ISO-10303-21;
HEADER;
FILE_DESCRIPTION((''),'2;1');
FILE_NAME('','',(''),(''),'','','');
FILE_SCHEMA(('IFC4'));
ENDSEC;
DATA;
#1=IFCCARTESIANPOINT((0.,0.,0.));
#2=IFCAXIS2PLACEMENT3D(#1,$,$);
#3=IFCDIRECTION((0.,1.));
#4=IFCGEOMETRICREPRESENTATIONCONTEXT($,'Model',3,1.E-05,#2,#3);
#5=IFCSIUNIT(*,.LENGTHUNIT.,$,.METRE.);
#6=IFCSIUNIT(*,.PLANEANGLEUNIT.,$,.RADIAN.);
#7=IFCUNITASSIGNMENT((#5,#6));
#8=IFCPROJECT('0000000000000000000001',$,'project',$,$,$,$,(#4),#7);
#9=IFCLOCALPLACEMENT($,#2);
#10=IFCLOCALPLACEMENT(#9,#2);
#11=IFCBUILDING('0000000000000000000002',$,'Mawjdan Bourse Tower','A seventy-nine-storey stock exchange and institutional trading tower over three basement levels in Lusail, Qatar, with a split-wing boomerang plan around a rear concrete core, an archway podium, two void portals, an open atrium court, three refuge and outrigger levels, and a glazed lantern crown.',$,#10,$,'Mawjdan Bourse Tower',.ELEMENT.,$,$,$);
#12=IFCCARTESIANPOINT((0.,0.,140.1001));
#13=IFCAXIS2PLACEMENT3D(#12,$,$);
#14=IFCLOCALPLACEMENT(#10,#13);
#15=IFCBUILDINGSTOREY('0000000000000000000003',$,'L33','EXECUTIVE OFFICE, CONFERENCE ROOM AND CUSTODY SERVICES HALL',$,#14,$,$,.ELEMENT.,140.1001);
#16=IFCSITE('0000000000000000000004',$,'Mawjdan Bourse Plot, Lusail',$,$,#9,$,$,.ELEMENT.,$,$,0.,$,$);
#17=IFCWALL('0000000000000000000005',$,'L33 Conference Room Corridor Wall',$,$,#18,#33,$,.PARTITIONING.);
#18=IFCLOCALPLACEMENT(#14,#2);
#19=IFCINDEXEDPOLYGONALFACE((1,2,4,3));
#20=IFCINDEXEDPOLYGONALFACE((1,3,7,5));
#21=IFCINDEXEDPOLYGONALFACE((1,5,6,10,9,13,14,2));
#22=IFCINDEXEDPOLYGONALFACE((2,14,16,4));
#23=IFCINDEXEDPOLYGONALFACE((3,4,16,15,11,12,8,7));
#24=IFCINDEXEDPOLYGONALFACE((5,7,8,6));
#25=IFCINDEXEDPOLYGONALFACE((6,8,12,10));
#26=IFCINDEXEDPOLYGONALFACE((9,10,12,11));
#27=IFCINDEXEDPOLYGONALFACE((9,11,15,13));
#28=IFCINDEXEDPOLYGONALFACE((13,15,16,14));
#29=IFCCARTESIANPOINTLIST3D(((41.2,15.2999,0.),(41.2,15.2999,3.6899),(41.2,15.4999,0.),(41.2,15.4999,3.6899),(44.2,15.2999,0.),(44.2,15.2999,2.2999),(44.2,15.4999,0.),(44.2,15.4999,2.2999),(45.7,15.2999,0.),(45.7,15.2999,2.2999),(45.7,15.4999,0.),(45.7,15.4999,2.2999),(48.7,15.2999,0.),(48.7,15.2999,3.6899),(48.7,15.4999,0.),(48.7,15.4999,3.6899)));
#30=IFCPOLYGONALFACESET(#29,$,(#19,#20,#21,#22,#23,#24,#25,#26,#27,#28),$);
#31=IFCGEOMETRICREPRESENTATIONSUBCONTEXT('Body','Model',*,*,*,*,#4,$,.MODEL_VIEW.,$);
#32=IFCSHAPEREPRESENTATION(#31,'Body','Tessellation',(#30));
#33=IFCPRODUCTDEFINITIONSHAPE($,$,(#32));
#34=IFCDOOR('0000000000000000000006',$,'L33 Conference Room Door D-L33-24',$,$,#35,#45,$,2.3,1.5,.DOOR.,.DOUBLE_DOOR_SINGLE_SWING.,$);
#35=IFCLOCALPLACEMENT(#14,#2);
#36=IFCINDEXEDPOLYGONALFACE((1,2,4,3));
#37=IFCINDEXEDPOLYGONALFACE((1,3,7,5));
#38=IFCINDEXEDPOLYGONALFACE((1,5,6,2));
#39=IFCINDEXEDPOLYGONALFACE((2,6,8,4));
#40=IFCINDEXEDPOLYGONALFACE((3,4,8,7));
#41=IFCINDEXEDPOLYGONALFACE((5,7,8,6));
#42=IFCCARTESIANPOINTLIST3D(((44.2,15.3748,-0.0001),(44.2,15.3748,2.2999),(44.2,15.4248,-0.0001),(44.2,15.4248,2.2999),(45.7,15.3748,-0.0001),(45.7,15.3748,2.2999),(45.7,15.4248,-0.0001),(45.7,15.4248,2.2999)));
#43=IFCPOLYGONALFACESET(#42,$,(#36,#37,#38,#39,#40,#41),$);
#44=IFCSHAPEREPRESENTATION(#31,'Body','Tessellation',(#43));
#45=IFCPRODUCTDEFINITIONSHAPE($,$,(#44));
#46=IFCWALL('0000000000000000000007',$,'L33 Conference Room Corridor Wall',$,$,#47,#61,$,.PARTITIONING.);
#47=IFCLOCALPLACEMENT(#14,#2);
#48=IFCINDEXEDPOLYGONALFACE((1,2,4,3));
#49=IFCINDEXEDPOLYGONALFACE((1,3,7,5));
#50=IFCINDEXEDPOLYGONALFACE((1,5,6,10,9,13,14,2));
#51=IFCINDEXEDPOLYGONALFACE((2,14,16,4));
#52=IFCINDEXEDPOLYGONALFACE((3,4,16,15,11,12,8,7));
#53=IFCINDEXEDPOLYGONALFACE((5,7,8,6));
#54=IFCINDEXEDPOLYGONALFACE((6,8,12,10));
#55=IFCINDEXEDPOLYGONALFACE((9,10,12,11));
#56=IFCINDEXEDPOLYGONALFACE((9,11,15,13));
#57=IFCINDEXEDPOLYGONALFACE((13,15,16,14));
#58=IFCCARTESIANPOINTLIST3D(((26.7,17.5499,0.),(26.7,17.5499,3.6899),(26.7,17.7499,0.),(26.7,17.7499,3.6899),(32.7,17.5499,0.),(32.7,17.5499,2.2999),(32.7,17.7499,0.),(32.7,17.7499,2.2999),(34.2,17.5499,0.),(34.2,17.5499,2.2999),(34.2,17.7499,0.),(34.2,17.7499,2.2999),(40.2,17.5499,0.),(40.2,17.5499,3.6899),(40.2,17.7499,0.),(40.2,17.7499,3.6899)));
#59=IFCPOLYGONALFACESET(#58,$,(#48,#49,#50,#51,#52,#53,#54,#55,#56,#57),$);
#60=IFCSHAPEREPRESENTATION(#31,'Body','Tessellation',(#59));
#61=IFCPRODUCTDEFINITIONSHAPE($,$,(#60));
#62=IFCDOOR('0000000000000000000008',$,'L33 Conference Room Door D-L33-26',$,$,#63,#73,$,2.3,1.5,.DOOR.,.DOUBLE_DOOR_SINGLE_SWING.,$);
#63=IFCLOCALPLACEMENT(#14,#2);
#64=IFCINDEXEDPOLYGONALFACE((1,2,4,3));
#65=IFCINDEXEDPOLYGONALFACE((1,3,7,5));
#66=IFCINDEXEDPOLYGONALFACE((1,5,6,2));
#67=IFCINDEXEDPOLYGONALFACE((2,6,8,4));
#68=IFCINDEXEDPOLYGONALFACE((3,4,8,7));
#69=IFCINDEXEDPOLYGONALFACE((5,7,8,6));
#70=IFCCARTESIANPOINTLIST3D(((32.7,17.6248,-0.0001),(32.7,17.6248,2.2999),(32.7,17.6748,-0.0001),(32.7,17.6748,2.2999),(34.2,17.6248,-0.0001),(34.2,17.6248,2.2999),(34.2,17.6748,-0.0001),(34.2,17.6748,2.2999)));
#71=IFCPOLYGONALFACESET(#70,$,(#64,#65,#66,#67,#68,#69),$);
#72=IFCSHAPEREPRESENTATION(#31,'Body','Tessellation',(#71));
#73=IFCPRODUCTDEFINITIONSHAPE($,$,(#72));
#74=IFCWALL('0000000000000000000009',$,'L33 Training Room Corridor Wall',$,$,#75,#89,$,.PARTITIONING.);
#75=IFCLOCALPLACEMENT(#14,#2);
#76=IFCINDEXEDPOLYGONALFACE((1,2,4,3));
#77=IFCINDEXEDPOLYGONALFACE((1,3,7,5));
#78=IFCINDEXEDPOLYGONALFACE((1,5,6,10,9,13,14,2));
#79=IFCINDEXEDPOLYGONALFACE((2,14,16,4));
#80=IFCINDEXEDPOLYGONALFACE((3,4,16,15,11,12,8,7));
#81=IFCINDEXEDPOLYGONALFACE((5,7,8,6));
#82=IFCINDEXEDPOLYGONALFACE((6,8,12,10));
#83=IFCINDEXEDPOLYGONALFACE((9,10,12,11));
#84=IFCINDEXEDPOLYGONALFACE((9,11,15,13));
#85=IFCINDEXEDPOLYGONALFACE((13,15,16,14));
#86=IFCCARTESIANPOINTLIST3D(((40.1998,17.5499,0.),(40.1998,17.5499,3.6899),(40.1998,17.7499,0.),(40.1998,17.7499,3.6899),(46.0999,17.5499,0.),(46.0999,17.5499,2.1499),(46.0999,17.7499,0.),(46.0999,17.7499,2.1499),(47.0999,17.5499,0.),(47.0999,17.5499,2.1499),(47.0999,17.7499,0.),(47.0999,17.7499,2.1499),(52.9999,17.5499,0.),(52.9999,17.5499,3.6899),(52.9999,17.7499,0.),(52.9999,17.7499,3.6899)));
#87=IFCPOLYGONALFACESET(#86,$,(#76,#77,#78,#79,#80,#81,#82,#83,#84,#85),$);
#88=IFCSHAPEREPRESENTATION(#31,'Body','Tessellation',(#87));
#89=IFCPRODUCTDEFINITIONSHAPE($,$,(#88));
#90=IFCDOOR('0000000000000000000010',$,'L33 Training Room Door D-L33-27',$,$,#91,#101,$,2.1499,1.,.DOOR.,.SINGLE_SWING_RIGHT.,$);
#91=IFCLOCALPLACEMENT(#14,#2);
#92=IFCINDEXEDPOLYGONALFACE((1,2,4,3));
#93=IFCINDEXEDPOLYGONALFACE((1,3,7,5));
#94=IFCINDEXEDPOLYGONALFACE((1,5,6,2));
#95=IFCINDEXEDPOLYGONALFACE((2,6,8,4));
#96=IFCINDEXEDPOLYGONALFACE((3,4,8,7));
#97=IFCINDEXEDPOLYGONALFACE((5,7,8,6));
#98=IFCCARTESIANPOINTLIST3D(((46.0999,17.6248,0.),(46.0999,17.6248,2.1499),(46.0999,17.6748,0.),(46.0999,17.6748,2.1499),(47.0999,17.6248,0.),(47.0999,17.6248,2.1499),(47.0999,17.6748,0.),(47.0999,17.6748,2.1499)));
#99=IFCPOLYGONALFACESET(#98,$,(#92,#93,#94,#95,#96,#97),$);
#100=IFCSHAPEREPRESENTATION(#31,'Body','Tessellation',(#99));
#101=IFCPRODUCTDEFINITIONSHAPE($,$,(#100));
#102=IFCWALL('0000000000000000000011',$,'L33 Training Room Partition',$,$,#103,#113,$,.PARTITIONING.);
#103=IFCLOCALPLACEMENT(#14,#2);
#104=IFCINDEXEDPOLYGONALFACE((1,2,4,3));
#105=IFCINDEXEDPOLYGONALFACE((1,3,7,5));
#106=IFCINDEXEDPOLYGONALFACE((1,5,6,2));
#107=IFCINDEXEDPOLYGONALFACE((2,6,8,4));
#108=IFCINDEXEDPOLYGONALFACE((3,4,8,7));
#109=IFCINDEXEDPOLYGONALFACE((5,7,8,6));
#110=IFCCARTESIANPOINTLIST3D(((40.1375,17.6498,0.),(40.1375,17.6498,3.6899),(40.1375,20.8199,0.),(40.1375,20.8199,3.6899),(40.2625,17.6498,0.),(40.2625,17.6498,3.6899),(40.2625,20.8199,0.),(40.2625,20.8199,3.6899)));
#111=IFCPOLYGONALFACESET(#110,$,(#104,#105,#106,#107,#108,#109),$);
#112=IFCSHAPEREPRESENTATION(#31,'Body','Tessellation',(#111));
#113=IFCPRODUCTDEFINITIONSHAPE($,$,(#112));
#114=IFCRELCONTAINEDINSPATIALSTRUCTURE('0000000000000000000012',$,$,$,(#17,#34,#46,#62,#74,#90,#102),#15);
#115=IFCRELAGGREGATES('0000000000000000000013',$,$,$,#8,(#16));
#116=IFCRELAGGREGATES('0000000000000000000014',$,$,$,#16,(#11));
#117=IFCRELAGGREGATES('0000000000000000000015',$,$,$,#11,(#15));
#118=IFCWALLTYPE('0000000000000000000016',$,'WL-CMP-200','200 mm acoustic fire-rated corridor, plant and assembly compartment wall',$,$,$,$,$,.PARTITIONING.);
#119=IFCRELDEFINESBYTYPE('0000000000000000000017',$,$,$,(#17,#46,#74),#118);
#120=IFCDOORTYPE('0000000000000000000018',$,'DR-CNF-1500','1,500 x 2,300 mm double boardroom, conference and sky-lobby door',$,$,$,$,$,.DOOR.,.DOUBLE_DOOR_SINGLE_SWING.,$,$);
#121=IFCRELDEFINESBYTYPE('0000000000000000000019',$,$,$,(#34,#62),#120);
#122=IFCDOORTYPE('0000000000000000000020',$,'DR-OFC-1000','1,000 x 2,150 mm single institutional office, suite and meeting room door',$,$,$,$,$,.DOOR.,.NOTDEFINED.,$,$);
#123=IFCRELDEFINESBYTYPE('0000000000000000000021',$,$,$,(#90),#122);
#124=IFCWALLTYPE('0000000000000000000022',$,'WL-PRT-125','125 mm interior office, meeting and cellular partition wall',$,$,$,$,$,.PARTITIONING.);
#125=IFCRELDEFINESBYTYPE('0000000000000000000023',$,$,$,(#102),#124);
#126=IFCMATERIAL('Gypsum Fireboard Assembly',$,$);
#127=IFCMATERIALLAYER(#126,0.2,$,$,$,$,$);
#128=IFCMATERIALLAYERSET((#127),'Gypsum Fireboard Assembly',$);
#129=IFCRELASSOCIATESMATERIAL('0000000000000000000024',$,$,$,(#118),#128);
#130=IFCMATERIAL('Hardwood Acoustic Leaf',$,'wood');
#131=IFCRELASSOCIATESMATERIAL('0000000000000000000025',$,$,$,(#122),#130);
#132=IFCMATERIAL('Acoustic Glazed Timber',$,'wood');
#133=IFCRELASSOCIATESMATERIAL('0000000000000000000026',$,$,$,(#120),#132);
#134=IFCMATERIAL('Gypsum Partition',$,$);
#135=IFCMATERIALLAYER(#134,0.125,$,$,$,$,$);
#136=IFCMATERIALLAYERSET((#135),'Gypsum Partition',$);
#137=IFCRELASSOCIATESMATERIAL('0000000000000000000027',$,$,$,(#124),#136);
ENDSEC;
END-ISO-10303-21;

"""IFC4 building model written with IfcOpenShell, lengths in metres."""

from ifc_helpers import new_model, si_unit, direction, frame, frame_2d, origin, place, context, subcontext, project, spatial, rectangle, extrude, material, layer, layer_set, type_object, element, fill, save


model = new_model("IFC4")

# Units and contexts
model_context = context("Model", 3, precision=1e-05, world=origin(), true_north=direction((0.0, 1.0)))
body_context = subcontext(model_context, "Body", "Model", "MODEL_VIEW")
ifc_project = project(units=[si_unit("LENGTHUNIT", "METRE"), si_unit("PLANEANGLEUNIT", "RADIAN")], contexts=[model_context])

# Site, building, storey
site_placement = place(None, origin())
site = spatial("IfcSite", under=ifc_project, at=site_placement, Name="Mawjdan Bourse Plot, Lusail", CompositionType="ELEMENT", RefElevation=0.0)
building_placement = place(site_placement, origin())
building = spatial("IfcBuilding", under=site, at=building_placement, Name="Mawjdan Bourse Tower", Description="A seventy-nine-storey stock exchange and institutional trading tower over three basement levels in Lusail, Qatar, with a split-wing boomerang plan around a rear concrete core, an archway podium, two void portals, an open atrium court, three refuge and outrigger levels, and a glazed lantern crown.", LongName="Mawjdan Bourse Tower", CompositionType="ELEMENT")
storey_placement = place(building_placement, frame((0.0, 0.0, 140.1001)))
storey = spatial("IfcBuildingStorey", under=building, at=storey_placement, Name="L33", Description="EXECUTIVE OFFICE, CONFERENCE ROOM AND CUSTODY SERVICES HALL", CompositionType="ELEMENT", Elevation=140.1001)

# Shared definitions
ifc_material_1 = material(Name="Gypsum Fireboard Assembly")
ifc_layer_1 = layer(ifc_material_1, 0.2)
ifc_layer_set_1 = layer_set([ifc_layer_1], Name="Gypsum Fireboard Assembly")
wall_type_1 = type_object("IfcWallType", Name="WL-CMP-200", Description="200 mm acoustic fire-rated corridor, plant and assembly compartment wall", PredefinedType="PARTITIONING", material=ifc_layer_set_1)

# Walls, openings, doors
ifc_material_2 = material(Name="Hardwood Acoustic Leaf", Category="wood")
door_type_1 = type_object("IfcDoorType", Name="DR-OFC-1000", Description="1,000 x 2,150 mm single institutional office, suite and meeting room door", OperationType="NOTDEFINED", PredefinedType="DOOR", material=ifc_material_2)
wall_1_placement = place(storey_placement, frame((41.2, 15.3999, 0.0), z_axis=(0.0, 0.0, 1.0), x_axis=(1.0, 0.0, 0.0)))
wall_1 = element("IfcWall", 1, at=wall_1_placement, inside=storey, type_object=wall_type_1, Name="L33 Conference Room Corridor Wall", PredefinedType="PARTITIONING", context=body_context, shape_type="SweptSolid", body=[
    extrude(rectangle(XDim=7.5, YDim=0.2, at=frame_2d((3.75, 0.0))), origin(), (0.0, 0.0, 1.0), 3.6899),
])
opening_1_placement = place(wall_1_placement, frame((3.0, 0.0, 0.0)))
opening_1 = element("IfcOpeningElement", 2, at=opening_1_placement, cuts=wall_1, PredefinedType="OPENING", context=body_context, shape_type="SweptSolid", body=[
    extrude(rectangle(XDim=1.5, YDim=2.3, at=frame_2d((0.75, 1.1499))), frame((0.0, 0.1099, 0.0), z_axis=(0.0, -1.0, 0.0), x_axis=(1.0, 0.0, 0.0)), (0.0, 0.0, 1.0), 0.22),
])
ifc_material_3 = material(Name="Acoustic Glazed Timber", Category="wood")
door_type_2 = type_object("IfcDoorType", Name="DR-CNF-1500", Description="1,500 x 2,300 mm double boardroom, conference and sky-lobby door", OperationType="DOUBLE_DOOR_SINGLE_SWING", PredefinedType="DOOR", material=ifc_material_3)
door_1_placement = place(opening_1_placement, origin())
door_1 = element("IfcDoor", 3, at=door_1_placement, inside=storey, type_object=door_type_2, Name="L33 Conference Room Door D-L33-24", OperationType="DOUBLE_DOOR_SINGLE_SWING", OverallHeight=2.3, OverallWidth=1.5, PredefinedType="DOOR", context=body_context, shape_type="SweptSolid", body=[
    extrude(rectangle(XDim=1.5, YDim=2.3, at=frame_2d((0.75, 1.1499))), frame((0.0, 0.0249, 0.0), z_axis=(0.0, -1.0, 0.0), x_axis=(1.0, 0.0, 0.0)), (0.0, 0.0, 1.0), 0.05),
])
fill(opening_1, door_1)
wall_2_placement = place(storey_placement, frame((26.7, 17.6499, 0.0), z_axis=(0.0, 0.0, 1.0), x_axis=(1.0, 0.0, 0.0)))
wall_2 = element("IfcWall", 4, at=wall_2_placement, inside=storey, type_object=wall_type_1, Name="L33 Conference Room Corridor Wall", PredefinedType="PARTITIONING", context=body_context, shape_type="SweptSolid", body=[
    extrude(rectangle(XDim=13.5, YDim=0.2, at=frame_2d((6.75, 0.0))), origin(), (0.0, 0.0, 1.0), 3.6899),
])
opening_2_placement = place(wall_2_placement, frame((6.0, 0.0, 0.0)))
opening_2 = element("IfcOpeningElement", 5, at=opening_2_placement, cuts=wall_2, PredefinedType="OPENING", context=body_context, shape_type="SweptSolid", body=[
    extrude(rectangle(XDim=1.5, YDim=2.3, at=frame_2d((0.75, 1.1499))), frame((0.0, 0.1099, 0.0), z_axis=(0.0, -1.0, 0.0), x_axis=(1.0, 0.0, 0.0)), (0.0, 0.0, 1.0), 0.22),
])
door_2_placement = place(opening_2_placement, origin())
door_2 = element("IfcDoor", 6, at=door_2_placement, inside=storey, type_object=door_type_2, Name="L33 Conference Room Door D-L33-26", OperationType="DOUBLE_DOOR_SINGLE_SWING", OverallHeight=2.3, OverallWidth=1.5, PredefinedType="DOOR", context=body_context, shape_type="SweptSolid", body=[
    extrude(rectangle(XDim=1.5, YDim=2.3, at=frame_2d((0.75, 1.1499))), frame((0.0, 0.0249, 0.0), z_axis=(0.0, -1.0, 0.0), x_axis=(1.0, 0.0, 0.0)), (0.0, 0.0, 1.0), 0.05),
])
fill(opening_2, door_2)
wall_3_placement = place(storey_placement, frame((40.2, 17.6499, 0.0), z_axis=(0.0, 0.0, 1.0), x_axis=(1.0, 0.0, 0.0)))
wall_3 = element("IfcWall", 7, at=wall_3_placement, inside=storey, type_object=wall_type_1, Name="L33 Training Room Corridor Wall", PredefinedType="PARTITIONING", context=body_context, shape_type="SweptSolid", body=[
    extrude(rectangle(XDim=12.8, YDim=0.2, at=frame_2d((6.3999, 0.0))), origin(), (0.0, 0.0, 1.0), 3.6899),
])
opening_3_placement = place(wall_3_placement, frame((5.8999, 0.0, 0.0)))
opening_3 = element("IfcOpeningElement", 8, at=opening_3_placement, cuts=wall_3, PredefinedType="OPENING", context=body_context, shape_type="SweptSolid", body=[
    extrude(rectangle(XDim=1.0, YDim=2.1499, at=frame_2d((0.5, 1.075))), frame((0.0, 0.1099, 0.0), z_axis=(0.0, -1.0, 0.0), x_axis=(1.0, 0.0, 0.0)), (0.0, 0.0, 1.0), 0.22),
])
door_3_placement = place(opening_3_placement, origin())
door_3 = element("IfcDoor", 9, at=door_3_placement, inside=storey, type_object=door_type_1, Name="L33 Training Room Door D-L33-27", OperationType="SINGLE_SWING_RIGHT", OverallHeight=2.1499, OverallWidth=1.0, PredefinedType="DOOR", context=body_context, shape_type="SweptSolid", body=[
    extrude(rectangle(XDim=1.0, YDim=2.1499, at=frame_2d((0.5, 1.075))), frame((0.0, 0.0249, 0.0), z_axis=(0.0, -1.0, 0.0), x_axis=(1.0, 0.0, 0.0)), (0.0, 0.0, 1.0), 0.05),
])
fill(opening_3, door_3)

# Wall
ifc_material_4 = material(Name="Gypsum Partition")
ifc_layer_2 = layer(ifc_material_4, 0.125)
ifc_layer_set_2 = layer_set([ifc_layer_2], Name="Gypsum Partition")
wall_type_2 = type_object("IfcWallType", Name="WL-PRT-125", Description="125 mm interior office, meeting and cellular partition wall", PredefinedType="PARTITIONING", material=ifc_layer_set_2)
wall_4_placement = place(storey_placement, frame((40.2, 17.6499, 0.0), z_axis=(0.0, 0.0, 1.0), x_axis=(0.0, 1.0, 0.0)))
element("IfcWall", 10, at=wall_4_placement, inside=storey, type_object=wall_type_2, Name="L33 Training Room Partition", PredefinedType="PARTITIONING", context=body_context, shape_type="SweptSolid", body=[
    extrude(rectangle(XDim=3.1702, YDim=0.125, at=frame_2d((1.585, 0.0))), origin(), (0.0, 0.0, 1.0), 3.6899),
])

save(model, "model.ifc")
